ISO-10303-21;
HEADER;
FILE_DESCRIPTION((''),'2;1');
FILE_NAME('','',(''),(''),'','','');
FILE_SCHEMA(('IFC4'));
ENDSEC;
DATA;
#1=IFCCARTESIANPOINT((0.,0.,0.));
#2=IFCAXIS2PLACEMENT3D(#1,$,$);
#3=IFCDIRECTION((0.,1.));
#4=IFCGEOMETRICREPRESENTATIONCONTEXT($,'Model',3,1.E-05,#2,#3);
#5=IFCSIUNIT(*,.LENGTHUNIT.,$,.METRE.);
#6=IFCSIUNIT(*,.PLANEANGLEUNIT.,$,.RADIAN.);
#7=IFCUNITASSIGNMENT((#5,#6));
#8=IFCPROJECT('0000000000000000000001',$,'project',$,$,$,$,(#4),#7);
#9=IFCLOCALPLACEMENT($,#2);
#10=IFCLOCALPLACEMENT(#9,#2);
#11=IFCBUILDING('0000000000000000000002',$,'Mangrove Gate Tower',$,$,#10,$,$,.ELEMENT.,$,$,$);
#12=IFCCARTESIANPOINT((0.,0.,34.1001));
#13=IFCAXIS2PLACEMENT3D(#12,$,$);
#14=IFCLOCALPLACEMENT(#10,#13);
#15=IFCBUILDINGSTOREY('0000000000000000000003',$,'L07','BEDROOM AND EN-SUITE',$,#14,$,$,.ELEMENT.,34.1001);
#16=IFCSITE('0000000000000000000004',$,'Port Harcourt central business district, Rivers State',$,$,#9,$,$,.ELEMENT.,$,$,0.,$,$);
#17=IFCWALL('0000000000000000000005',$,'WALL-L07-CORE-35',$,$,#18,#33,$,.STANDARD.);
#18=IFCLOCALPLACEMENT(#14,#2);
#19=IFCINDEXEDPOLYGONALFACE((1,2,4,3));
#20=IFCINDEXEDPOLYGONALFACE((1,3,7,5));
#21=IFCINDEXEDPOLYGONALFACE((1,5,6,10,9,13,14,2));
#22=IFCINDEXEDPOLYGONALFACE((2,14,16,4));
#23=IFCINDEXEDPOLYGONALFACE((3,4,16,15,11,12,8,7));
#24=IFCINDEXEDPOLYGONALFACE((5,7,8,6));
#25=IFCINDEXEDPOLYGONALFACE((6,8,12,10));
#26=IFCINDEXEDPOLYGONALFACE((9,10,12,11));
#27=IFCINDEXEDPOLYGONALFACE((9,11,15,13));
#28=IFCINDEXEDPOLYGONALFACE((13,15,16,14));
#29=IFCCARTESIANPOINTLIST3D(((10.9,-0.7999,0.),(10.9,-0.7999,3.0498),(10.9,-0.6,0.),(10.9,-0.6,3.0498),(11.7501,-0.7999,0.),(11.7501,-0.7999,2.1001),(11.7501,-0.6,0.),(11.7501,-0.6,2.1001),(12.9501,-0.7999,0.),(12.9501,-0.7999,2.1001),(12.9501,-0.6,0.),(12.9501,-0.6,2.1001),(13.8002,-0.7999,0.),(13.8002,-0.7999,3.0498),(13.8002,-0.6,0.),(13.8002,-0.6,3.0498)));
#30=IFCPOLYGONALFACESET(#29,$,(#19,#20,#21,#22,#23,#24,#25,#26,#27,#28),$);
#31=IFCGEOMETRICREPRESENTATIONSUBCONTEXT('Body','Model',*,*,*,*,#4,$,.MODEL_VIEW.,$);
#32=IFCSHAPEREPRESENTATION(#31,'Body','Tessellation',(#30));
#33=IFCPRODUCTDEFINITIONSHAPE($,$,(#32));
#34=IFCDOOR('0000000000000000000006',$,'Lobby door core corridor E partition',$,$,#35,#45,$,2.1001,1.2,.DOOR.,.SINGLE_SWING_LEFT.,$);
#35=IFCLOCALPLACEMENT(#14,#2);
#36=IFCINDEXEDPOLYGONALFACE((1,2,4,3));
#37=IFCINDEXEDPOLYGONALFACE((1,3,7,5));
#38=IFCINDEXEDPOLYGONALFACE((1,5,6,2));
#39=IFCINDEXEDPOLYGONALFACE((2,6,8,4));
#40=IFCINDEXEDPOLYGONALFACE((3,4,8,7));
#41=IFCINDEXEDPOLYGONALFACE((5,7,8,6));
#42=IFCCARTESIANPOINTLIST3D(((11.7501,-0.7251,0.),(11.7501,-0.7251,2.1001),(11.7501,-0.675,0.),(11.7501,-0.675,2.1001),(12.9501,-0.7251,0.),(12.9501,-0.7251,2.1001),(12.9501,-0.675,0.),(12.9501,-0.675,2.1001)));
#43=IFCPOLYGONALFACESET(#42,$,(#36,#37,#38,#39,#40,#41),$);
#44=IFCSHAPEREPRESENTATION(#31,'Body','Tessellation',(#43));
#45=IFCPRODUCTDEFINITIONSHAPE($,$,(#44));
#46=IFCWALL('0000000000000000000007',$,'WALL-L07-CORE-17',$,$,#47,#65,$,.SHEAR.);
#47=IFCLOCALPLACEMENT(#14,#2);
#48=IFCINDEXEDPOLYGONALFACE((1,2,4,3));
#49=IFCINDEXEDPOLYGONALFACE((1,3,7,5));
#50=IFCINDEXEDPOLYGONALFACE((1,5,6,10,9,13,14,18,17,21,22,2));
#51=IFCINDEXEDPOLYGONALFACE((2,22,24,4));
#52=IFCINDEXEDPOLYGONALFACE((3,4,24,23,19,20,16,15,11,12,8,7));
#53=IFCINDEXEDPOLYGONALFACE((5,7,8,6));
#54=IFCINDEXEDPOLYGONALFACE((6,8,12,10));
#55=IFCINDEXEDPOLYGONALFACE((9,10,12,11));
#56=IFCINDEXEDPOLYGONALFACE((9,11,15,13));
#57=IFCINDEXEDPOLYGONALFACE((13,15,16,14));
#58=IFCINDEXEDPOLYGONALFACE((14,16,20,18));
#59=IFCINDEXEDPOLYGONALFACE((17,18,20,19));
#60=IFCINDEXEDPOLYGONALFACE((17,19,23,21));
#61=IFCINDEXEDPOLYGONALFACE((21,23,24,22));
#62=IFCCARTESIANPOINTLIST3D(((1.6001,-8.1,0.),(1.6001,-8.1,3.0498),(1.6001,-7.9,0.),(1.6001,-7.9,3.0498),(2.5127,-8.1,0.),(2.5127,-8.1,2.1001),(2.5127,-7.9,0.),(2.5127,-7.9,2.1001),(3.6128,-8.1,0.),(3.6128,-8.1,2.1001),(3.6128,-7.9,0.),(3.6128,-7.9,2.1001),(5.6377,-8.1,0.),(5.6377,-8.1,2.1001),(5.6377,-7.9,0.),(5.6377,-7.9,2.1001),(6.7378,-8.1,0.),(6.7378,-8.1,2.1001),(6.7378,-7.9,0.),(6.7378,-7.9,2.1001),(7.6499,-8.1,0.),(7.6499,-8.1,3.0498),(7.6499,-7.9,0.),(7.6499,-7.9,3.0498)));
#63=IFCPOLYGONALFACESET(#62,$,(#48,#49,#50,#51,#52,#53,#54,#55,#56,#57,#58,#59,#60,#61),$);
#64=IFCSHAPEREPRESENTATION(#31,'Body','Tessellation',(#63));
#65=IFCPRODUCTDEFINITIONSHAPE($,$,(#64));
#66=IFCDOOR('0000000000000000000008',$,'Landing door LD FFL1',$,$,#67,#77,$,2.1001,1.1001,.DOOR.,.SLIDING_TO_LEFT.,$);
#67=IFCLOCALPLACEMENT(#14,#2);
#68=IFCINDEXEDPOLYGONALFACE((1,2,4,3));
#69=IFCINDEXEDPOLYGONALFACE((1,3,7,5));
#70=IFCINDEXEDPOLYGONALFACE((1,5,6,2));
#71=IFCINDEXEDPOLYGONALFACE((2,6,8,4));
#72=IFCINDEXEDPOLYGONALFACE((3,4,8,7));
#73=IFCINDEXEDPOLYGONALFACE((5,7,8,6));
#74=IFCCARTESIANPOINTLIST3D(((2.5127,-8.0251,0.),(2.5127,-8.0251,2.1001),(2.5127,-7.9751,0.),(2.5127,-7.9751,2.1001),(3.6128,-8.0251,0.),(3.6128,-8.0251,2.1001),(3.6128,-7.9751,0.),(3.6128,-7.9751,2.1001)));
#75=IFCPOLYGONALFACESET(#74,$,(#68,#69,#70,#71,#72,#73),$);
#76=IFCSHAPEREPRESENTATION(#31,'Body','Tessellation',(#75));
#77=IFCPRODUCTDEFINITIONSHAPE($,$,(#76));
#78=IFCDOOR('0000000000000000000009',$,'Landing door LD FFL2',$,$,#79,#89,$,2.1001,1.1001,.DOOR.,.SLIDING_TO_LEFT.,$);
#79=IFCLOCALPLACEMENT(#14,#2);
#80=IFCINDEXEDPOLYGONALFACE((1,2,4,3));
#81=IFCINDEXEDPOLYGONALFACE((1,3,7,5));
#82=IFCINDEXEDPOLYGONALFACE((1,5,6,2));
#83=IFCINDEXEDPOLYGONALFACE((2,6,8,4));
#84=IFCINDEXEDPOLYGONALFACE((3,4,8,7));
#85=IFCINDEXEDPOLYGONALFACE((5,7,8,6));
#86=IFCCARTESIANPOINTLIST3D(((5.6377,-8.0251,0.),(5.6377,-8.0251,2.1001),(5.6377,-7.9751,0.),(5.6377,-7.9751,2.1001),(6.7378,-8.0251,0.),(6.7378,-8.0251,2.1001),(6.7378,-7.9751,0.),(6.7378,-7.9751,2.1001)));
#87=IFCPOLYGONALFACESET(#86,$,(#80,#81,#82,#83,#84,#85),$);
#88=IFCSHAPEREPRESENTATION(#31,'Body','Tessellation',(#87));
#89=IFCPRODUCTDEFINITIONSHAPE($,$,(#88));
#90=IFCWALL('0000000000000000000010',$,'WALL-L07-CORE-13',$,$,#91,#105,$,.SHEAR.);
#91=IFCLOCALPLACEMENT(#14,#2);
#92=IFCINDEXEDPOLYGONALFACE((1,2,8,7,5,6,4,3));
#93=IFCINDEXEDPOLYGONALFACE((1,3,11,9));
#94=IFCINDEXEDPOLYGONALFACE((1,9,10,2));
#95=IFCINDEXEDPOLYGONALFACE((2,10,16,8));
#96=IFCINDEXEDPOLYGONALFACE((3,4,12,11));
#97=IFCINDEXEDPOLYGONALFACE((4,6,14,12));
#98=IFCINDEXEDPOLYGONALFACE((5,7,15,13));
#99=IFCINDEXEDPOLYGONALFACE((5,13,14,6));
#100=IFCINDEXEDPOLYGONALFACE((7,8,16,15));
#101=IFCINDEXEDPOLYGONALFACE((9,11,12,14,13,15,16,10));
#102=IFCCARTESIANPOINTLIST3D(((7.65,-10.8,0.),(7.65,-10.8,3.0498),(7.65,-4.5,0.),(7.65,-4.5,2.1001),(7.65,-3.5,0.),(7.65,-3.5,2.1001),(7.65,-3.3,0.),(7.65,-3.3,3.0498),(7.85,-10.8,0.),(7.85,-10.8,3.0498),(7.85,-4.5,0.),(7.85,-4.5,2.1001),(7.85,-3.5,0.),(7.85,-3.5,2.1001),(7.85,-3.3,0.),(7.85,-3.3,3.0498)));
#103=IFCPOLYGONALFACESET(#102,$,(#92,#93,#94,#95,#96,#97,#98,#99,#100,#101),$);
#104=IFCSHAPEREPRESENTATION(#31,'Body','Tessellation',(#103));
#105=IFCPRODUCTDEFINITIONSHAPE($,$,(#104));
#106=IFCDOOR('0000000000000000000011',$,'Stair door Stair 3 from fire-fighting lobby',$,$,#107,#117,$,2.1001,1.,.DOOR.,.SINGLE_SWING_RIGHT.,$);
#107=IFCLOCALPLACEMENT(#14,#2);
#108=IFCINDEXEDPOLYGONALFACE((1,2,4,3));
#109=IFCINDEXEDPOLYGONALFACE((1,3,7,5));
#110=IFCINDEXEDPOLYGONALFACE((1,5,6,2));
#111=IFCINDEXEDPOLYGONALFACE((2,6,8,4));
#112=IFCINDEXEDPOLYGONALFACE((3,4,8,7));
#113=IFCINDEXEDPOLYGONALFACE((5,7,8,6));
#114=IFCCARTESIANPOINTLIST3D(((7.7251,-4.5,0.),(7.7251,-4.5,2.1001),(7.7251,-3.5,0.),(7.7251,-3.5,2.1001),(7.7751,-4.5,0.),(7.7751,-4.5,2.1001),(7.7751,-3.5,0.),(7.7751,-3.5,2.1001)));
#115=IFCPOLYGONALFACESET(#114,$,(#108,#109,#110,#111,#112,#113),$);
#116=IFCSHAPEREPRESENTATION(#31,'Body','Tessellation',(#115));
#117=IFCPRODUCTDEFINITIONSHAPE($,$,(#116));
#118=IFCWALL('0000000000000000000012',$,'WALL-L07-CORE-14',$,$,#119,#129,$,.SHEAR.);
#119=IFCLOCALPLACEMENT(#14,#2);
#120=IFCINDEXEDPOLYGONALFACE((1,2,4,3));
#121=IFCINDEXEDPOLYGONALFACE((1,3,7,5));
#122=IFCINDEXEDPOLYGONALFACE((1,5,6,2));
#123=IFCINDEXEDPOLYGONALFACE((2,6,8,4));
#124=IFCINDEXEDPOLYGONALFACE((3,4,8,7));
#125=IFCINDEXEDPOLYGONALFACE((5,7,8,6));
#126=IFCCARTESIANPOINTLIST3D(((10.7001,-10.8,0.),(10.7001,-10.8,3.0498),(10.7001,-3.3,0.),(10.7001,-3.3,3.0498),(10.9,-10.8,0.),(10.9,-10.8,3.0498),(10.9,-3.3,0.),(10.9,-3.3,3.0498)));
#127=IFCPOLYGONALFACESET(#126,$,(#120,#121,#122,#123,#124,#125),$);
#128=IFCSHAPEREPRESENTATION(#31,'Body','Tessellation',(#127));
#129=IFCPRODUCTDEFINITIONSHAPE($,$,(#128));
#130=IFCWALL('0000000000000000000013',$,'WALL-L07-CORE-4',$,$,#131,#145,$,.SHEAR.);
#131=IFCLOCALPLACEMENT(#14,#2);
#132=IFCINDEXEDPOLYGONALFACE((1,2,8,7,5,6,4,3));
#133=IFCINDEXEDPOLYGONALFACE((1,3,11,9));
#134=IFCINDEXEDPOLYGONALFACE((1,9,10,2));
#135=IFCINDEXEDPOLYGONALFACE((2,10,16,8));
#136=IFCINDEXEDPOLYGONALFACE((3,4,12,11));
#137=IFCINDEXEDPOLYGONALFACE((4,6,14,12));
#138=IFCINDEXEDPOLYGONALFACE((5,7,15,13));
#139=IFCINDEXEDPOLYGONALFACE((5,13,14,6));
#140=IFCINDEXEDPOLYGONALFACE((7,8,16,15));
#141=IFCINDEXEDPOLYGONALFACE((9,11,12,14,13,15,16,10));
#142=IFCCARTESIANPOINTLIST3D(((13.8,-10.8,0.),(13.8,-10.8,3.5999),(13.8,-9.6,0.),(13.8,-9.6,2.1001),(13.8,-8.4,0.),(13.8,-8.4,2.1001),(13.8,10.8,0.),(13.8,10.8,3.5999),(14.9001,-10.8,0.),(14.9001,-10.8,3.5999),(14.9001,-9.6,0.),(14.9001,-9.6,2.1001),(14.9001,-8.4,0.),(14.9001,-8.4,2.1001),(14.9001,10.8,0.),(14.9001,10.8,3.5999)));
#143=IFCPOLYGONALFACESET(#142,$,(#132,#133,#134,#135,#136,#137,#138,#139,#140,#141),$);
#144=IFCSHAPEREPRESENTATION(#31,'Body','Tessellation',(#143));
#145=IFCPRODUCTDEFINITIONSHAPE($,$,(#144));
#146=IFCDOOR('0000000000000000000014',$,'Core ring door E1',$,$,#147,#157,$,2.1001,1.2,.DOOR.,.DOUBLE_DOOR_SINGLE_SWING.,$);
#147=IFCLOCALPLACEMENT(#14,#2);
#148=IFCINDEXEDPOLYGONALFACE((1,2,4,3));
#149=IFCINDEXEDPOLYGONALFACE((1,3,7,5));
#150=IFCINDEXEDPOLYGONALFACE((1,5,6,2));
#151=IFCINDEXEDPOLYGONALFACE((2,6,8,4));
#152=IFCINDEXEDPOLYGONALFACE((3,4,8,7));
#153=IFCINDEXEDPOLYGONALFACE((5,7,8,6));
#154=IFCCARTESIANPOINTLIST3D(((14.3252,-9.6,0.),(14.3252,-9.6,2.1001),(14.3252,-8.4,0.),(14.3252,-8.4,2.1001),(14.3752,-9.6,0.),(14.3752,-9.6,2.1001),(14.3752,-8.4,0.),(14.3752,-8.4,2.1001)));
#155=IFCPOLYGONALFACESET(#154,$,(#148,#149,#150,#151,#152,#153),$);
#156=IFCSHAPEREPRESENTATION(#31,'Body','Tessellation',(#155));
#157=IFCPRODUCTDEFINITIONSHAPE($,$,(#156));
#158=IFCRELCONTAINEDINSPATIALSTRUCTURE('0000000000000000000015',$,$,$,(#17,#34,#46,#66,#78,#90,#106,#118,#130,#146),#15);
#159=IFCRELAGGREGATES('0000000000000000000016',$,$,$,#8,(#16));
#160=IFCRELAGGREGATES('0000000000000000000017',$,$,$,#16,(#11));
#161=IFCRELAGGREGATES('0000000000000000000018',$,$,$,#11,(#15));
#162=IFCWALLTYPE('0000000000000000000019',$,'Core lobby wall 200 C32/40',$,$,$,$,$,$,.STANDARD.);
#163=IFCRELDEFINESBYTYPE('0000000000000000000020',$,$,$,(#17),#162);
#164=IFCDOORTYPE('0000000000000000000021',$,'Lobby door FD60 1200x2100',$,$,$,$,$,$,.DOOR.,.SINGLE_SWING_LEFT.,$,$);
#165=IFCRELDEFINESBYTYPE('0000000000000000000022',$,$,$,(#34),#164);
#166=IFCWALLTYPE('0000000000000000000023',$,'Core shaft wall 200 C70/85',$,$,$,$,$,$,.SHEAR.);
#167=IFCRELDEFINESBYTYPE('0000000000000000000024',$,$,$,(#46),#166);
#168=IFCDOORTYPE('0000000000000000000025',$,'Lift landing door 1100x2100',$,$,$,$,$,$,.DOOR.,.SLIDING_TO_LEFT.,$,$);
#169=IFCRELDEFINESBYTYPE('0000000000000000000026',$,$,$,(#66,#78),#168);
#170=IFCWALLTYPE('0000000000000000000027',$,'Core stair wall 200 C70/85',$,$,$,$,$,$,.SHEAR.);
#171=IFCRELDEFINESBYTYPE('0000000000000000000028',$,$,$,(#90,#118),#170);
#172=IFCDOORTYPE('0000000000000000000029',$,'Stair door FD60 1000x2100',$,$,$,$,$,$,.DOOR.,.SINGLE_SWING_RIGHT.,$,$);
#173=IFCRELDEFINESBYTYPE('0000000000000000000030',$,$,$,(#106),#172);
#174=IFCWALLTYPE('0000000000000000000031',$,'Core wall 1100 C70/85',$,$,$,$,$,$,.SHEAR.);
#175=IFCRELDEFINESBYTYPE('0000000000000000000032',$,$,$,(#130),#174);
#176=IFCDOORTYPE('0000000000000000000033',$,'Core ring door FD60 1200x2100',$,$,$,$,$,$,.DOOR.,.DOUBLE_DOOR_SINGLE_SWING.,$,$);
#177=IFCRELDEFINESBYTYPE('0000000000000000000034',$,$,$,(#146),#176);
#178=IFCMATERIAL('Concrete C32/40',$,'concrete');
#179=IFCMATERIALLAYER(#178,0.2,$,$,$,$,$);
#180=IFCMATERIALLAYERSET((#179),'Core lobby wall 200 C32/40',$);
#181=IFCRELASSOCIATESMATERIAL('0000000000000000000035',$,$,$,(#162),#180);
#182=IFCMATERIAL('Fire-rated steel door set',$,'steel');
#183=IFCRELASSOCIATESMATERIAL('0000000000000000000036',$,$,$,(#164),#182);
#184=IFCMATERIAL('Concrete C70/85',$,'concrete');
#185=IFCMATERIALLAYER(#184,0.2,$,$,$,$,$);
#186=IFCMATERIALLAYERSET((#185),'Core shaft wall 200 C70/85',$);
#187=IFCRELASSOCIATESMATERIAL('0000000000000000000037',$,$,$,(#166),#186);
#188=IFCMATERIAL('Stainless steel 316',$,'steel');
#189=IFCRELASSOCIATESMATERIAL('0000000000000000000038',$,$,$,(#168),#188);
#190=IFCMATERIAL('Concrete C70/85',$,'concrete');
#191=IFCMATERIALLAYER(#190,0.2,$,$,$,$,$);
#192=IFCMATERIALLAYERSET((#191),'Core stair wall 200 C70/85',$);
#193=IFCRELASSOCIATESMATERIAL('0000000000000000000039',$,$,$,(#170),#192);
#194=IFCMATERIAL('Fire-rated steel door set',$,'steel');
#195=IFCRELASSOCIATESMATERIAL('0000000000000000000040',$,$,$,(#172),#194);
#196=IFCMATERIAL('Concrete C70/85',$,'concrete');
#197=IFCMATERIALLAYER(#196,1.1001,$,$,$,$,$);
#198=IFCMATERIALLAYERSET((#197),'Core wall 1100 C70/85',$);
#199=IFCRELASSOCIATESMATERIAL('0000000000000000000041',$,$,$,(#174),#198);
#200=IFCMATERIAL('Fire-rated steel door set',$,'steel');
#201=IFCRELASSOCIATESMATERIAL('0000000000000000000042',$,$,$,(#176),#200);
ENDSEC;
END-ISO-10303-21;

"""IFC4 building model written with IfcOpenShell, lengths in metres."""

from ifc_helpers import new_model, si_unit, direction, frame, frame_2d, origin, place, context, subcontext, project, spatial, rectangle, extrude, material, layer, layer_set, type_object, element, fill, save


model = new_model("IFC4")

# Units and contexts
model_context = context("Model", 3, precision=1e-05, world=origin(), true_north=direction((0.0, 1.0)))
body_context = subcontext(model_context, "Body", "Model", "MODEL_VIEW")
ifc_project = project(units=[si_unit("LENGTHUNIT", "METRE"), si_unit("PLANEANGLEUNIT", "RADIAN")], contexts=[model_context])

# Site, building, storey
site_placement = place(None, origin())
site = spatial("IfcSite", under=ifc_project, at=site_placement, Name="Port Harcourt central business district, Rivers State", CompositionType="ELEMENT", RefElevation=0.0)
building_placement = place(site_placement, origin())
building = spatial("IfcBuilding", under=site, at=building_placement, Name="Mangrove Gate Tower", CompositionType="ELEMENT")
storey_placement = place(building_placement, frame((0.0, 0.0, 34.1001)))
storey = spatial("IfcBuildingStorey", under=building, at=storey_placement, Name="L07", Description="BEDROOM AND EN-SUITE", CompositionType="ELEMENT", Elevation=34.1001)

# Wall, opening, door
ifc_material_1 = material(Name="Concrete C32/40", Category="concrete")
ifc_layer_1 = layer(ifc_material_1, 0.2)
ifc_layer_set_1 = layer_set([ifc_layer_1], Name="Core lobby wall 200 C32/40")
wall_type_1 = type_object("IfcWallType", Name="Core lobby wall 200 C32/40", PredefinedType="STANDARD", material=ifc_layer_set_1)
wall_1_placement = place(storey_placement, frame((10.8999, -0.7, 0.0), z_axis=(0.0, 0.0, 1.0), x_axis=(1.0, 0.0, 0.0)))
wall_1 = element("IfcWall", 1, at=wall_1_placement, inside=storey, type_object=wall_type_1, Name="WALL-L07-CORE-35", PredefinedType="STANDARD", context=body_context, shape_type="SweptSolid", body=[
    extrude(rectangle(XDim=2.9001, YDim=0.2, at=frame_2d((1.4502, 0.0))), origin(), (0.0, 0.0, 1.0), 3.0498),
])
opening_1_placement = place(wall_1_placement, frame((0.8501, 0.0, 0.0)))
opening_1 = element("IfcOpeningElement", 2, at=opening_1_placement, cuts=wall_1, PredefinedType="OPENING", context=body_context, shape_type="SweptSolid", body=[
    extrude(rectangle(XDim=1.2, YDim=2.1001, at=frame_2d((0.6001, 1.05))), frame((0.0, 0.1099, 0.0), z_axis=(0.0, -1.0, 0.0), x_axis=(1.0, 0.0, 0.0)), (0.0, 0.0, 1.0), 0.22),
])
ifc_material_2 = material(Name="Fire-rated steel door set", Category="steel")
door_type_1 = type_object("IfcDoorType", Name="Lobby door FD60 1200x2100", OperationType="SINGLE_SWING_LEFT", PredefinedType="DOOR", material=ifc_material_2)
door_1_placement = place(opening_1_placement, origin())
door_1 = element("IfcDoor", 3, at=door_1_placement, inside=storey, type_object=door_type_1, Name="Lobby door core corridor E partition", OperationType="SINGLE_SWING_LEFT", OverallHeight=2.1001, OverallWidth=1.2, PredefinedType="DOOR", context=body_context, shape_type="SweptSolid", body=[
    extrude(rectangle(XDim=1.2, YDim=2.1001, at=frame_2d((0.6001, 1.05))), frame((0.0, 0.0249, 0.0), z_axis=(0.0, -1.0, 0.0), x_axis=(1.0, 0.0, 0.0)), (0.0, 0.0, 1.0), 0.05),
])
fill(opening_1, door_1)

# Wall, openings, doors
ifc_material_3 = material(Name="Concrete C70/85", Category="concrete")
ifc_layer_2 = layer(ifc_material_3, 0.2)
ifc_layer_set_2 = layer_set([ifc_layer_2], Name="Core shaft wall 200 C70/85")
wall_type_2 = type_object("IfcWallType", Name="Core shaft wall 200 C70/85", PredefinedType="SHEAR", material=ifc_layer_set_2)
wall_2_placement = place(storey_placement, frame((1.6001, -8.0, 0.0), z_axis=(0.0, 0.0, 1.0), x_axis=(1.0, 0.0, 0.0)))
wall_2 = element("IfcWall", 4, at=wall_2_placement, inside=storey, type_object=wall_type_2, Name="WALL-L07-CORE-17", PredefinedType="SHEAR", context=body_context, shape_type="SweptSolid", body=[
    extrude(rectangle(XDim=6.0498, YDim=0.2, at=frame_2d((3.0249, 0.0))), origin(), (0.0, 0.0, 1.0), 3.0498),
])
opening_2_placement = place(wall_2_placement, frame((0.9126, 0.0, 0.0)))
opening_2 = element("IfcOpeningElement", 5, at=opening_2_placement, cuts=wall_2, PredefinedType="OPENING", context=body_context, shape_type="SweptSolid", body=[
    extrude(rectangle(XDim=1.1001, YDim=2.1001, at=frame_2d((0.55, 1.05))), frame((0.0, 0.1099, 0.0), z_axis=(0.0, -1.0, 0.0), x_axis=(1.0, 0.0, 0.0)), (0.0, 0.0, 1.0), 0.22),
])
opening_3_placement = place(wall_2_placement, frame((4.0376, 0.0, 0.0)))
opening_3 = element("IfcOpeningElement", 6, at=opening_3_placement, cuts=wall_2, PredefinedType="OPENING", context=body_context, shape_type="SweptSolid", body=[
    extrude(rectangle(XDim=1.1001, YDim=2.1001, at=frame_2d((0.55, 1.05))), frame((0.0, 0.1099, 0.0), z_axis=(0.0, -1.0, 0.0), x_axis=(1.0, 0.0, 0.0)), (0.0, 0.0, 1.0), 0.22),
])
ifc_material_4 = material(Name="Stainless steel 316", Category="steel")
door_type_2 = type_object("IfcDoorType", Name="Lift landing door 1100x2100", OperationType="SLIDING_TO_LEFT", PredefinedType="DOOR", material=ifc_material_4)
door_2_placement = place(opening_2_placement, origin())
door_2 = element("IfcDoor", 7, at=door_2_placement, inside=storey, type_object=door_type_2, Name="Landing door LD FFL1", OperationType="SLIDING_TO_LEFT", OverallHeight=2.1001, OverallWidth=1.1001, PredefinedType="DOOR", context=body_context, shape_type="SweptSolid", body=[
    extrude(rectangle(XDim=1.1001, YDim=2.1001, at=frame_2d((0.55, 1.05))), frame((0.0, 0.0249, 0.0), z_axis=(0.0, -1.0, 0.0), x_axis=(1.0, 0.0, 0.0)), (0.0, 0.0, 1.0), 0.05),
])
fill(opening_2, door_2)
door_3_placement = place(opening_3_placement, origin())
door_3 = element("IfcDoor", 8, at=door_3_placement, inside=storey, type_object=door_type_2, Name="Landing door LD FFL2", OperationType="SLIDING_TO_LEFT", OverallHeight=2.1001, OverallWidth=1.1001, PredefinedType="DOOR", context=body_context, shape_type="SweptSolid", body=[
    extrude(rectangle(XDim=1.1001, YDim=2.1001, at=frame_2d((0.55, 1.05))), frame((0.0, 0.0249, 0.0), z_axis=(0.0, -1.0, 0.0), x_axis=(1.0, 0.0, 0.0)), (0.0, 0.0, 1.0), 0.05),
])
fill(opening_3, door_3)

# Wall, opening, door
ifc_material_5 = material(Name="Concrete C70/85", Category="concrete")
ifc_layer_3 = layer(ifc_material_5, 0.2)
ifc_layer_set_3 = layer_set([ifc_layer_3], Name="Core stair wall 200 C70/85")
wall_type_3 = type_object("IfcWallType", Name="Core stair wall 200 C70/85", PredefinedType="SHEAR", material=ifc_layer_set_3)
wall_3_placement = place(storey_placement, frame((7.75, -10.8, 0.0), z_axis=(0.0, 0.0, 1.0), x_axis=(0.0, 1.0, 0.0)))
wall_3 = element("IfcWall", 9, at=wall_3_placement, inside=storey, type_object=wall_type_3, Name="WALL-L07-CORE-13", PredefinedType="SHEAR", context=body_context, shape_type="SweptSolid", body=[
    extrude(rectangle(XDim=7.5, YDim=0.2, at=frame_2d((3.75, 0.0))), origin(), (0.0, 0.0, 1.0), 3.0498),
])
opening_4_placement = place(wall_3_placement, frame((6.3, 0.0, 0.0)))
opening_4 = element("IfcOpeningElement", 10, at=opening_4_placement, cuts=wall_3, PredefinedType="OPENING", context=body_context, shape_type="SweptSolid", body=[
    extrude(rectangle(XDim=1.0, YDim=2.1001, at=frame_2d((0.5, 1.05))), frame((0.0, 0.1099, 0.0), z_axis=(0.0, -1.0, 0.0), x_axis=(1.0, 0.0, 0.0)), (0.0, 0.0, 1.0), 0.22),
])
ifc_material_6 = material(Name="Fire-rated steel door set", Category="steel")
door_type_3 = type_object("IfcDoorType", Name="Stair door FD60 1000x2100", OperationType="SINGLE_SWING_RIGHT", PredefinedType="DOOR", material=ifc_material_6)
door_4_placement = place(opening_4_placement, origin())
door_4 = element("IfcDoor", 11, at=door_4_placement, inside=storey, type_object=door_type_3, Name="Stair door Stair 3 from fire-fighting lobby", OperationType="SINGLE_SWING_RIGHT", OverallHeight=2.1001, OverallWidth=1.0, PredefinedType="DOOR", context=body_context, shape_type="SweptSolid", body=[
    extrude(rectangle(XDim=1.0, YDim=2.1001, at=frame_2d((0.5, 1.05))), frame((0.0, 0.0249, 0.0), z_axis=(0.0, -1.0, 0.0), x_axis=(1.0, 0.0, 0.0)), (0.0, 0.0, 1.0), 0.05),
])
fill(opening_4, door_4)

# Wall
wall_4_placement = place(storey_placement, frame((10.8, -10.8, 0.0), z_axis=(0.0, 0.0, 1.0), x_axis=(0.0, 1.0, 0.0)))
element("IfcWall", 12, at=wall_4_placement, inside=storey, type_object=wall_type_3, Name="WALL-L07-CORE-14", PredefinedType="SHEAR", context=body_context, shape_type="SweptSolid", body=[
    extrude(rectangle(XDim=7.5, YDim=0.2, at=frame_2d((3.75, 0.0))), origin(), (0.0, 0.0, 1.0), 3.0498),
])

# Wall, opening, door
ifc_material_7 = material(Name="Concrete C70/85", Category="concrete")
ifc_layer_4 = layer(ifc_material_7, 1.1001)
ifc_layer_set_4 = layer_set([ifc_layer_4], Name="Core wall 1100 C70/85")
wall_type_4 = type_object("IfcWallType", Name="Core wall 1100 C70/85", PredefinedType="SHEAR", material=ifc_layer_set_4)
wall_5_placement = place(storey_placement, frame((14.3501, -10.8, 0.0), z_axis=(0.0, 0.0, 1.0), x_axis=(0.0, 1.0, 0.0)))
wall_5 = element("IfcWall", 13, at=wall_5_placement, inside=storey, type_object=wall_type_4, Name="WALL-L07-CORE-4", PredefinedType="SHEAR", context=body_context, shape_type="SweptSolid", body=[
    extrude(rectangle(XDim=21.6001, YDim=1.1001, at=frame_2d((10.8, 0.0))), origin(), (0.0, 0.0, 1.0), 3.5999),
])
opening_5_placement = place(wall_5_placement, frame((1.2, 0.0, 0.0)))
opening_5 = element("IfcOpeningElement", 14, at=opening_5_placement, cuts=wall_5, PredefinedType="OPENING", context=body_context, shape_type="SweptSolid", body=[
    extrude(rectangle(XDim=1.2, YDim=2.1001, at=frame_2d((0.6001, 1.05))), frame((0.0, 0.5601, 0.0), z_axis=(0.0, -1.0, 0.0), x_axis=(1.0, 0.0, 0.0)), (0.0, 0.0, 1.0), 1.1201),
])
ifc_material_8 = material(Name="Fire-rated steel door set", Category="steel")
door_type_4 = type_object("IfcDoorType", Name="Core ring door FD60 1200x2100", OperationType="DOUBLE_DOOR_SINGLE_SWING", PredefinedType="DOOR", material=ifc_material_8)
door_5_placement = place(opening_5_placement, origin())
door_5 = element("IfcDoor", 15, at=door_5_placement, inside=storey, type_object=door_type_4, Name="Core ring door E1", OperationType="DOUBLE_DOOR_SINGLE_SWING", OverallHeight=2.1001, OverallWidth=1.2, PredefinedType="DOOR", context=body_context, shape_type="SweptSolid", body=[
    extrude(rectangle(XDim=1.2, YDim=2.1001, at=frame_2d((0.6001, 1.05))), frame((0.0, 0.0249, 0.0), z_axis=(0.0, -1.0, 0.0), x_axis=(1.0, 0.0, 0.0)), (0.0, 0.0, 1.0), 0.05),
])
fill(opening_5, door_5)

save(model, "model.ifc")
